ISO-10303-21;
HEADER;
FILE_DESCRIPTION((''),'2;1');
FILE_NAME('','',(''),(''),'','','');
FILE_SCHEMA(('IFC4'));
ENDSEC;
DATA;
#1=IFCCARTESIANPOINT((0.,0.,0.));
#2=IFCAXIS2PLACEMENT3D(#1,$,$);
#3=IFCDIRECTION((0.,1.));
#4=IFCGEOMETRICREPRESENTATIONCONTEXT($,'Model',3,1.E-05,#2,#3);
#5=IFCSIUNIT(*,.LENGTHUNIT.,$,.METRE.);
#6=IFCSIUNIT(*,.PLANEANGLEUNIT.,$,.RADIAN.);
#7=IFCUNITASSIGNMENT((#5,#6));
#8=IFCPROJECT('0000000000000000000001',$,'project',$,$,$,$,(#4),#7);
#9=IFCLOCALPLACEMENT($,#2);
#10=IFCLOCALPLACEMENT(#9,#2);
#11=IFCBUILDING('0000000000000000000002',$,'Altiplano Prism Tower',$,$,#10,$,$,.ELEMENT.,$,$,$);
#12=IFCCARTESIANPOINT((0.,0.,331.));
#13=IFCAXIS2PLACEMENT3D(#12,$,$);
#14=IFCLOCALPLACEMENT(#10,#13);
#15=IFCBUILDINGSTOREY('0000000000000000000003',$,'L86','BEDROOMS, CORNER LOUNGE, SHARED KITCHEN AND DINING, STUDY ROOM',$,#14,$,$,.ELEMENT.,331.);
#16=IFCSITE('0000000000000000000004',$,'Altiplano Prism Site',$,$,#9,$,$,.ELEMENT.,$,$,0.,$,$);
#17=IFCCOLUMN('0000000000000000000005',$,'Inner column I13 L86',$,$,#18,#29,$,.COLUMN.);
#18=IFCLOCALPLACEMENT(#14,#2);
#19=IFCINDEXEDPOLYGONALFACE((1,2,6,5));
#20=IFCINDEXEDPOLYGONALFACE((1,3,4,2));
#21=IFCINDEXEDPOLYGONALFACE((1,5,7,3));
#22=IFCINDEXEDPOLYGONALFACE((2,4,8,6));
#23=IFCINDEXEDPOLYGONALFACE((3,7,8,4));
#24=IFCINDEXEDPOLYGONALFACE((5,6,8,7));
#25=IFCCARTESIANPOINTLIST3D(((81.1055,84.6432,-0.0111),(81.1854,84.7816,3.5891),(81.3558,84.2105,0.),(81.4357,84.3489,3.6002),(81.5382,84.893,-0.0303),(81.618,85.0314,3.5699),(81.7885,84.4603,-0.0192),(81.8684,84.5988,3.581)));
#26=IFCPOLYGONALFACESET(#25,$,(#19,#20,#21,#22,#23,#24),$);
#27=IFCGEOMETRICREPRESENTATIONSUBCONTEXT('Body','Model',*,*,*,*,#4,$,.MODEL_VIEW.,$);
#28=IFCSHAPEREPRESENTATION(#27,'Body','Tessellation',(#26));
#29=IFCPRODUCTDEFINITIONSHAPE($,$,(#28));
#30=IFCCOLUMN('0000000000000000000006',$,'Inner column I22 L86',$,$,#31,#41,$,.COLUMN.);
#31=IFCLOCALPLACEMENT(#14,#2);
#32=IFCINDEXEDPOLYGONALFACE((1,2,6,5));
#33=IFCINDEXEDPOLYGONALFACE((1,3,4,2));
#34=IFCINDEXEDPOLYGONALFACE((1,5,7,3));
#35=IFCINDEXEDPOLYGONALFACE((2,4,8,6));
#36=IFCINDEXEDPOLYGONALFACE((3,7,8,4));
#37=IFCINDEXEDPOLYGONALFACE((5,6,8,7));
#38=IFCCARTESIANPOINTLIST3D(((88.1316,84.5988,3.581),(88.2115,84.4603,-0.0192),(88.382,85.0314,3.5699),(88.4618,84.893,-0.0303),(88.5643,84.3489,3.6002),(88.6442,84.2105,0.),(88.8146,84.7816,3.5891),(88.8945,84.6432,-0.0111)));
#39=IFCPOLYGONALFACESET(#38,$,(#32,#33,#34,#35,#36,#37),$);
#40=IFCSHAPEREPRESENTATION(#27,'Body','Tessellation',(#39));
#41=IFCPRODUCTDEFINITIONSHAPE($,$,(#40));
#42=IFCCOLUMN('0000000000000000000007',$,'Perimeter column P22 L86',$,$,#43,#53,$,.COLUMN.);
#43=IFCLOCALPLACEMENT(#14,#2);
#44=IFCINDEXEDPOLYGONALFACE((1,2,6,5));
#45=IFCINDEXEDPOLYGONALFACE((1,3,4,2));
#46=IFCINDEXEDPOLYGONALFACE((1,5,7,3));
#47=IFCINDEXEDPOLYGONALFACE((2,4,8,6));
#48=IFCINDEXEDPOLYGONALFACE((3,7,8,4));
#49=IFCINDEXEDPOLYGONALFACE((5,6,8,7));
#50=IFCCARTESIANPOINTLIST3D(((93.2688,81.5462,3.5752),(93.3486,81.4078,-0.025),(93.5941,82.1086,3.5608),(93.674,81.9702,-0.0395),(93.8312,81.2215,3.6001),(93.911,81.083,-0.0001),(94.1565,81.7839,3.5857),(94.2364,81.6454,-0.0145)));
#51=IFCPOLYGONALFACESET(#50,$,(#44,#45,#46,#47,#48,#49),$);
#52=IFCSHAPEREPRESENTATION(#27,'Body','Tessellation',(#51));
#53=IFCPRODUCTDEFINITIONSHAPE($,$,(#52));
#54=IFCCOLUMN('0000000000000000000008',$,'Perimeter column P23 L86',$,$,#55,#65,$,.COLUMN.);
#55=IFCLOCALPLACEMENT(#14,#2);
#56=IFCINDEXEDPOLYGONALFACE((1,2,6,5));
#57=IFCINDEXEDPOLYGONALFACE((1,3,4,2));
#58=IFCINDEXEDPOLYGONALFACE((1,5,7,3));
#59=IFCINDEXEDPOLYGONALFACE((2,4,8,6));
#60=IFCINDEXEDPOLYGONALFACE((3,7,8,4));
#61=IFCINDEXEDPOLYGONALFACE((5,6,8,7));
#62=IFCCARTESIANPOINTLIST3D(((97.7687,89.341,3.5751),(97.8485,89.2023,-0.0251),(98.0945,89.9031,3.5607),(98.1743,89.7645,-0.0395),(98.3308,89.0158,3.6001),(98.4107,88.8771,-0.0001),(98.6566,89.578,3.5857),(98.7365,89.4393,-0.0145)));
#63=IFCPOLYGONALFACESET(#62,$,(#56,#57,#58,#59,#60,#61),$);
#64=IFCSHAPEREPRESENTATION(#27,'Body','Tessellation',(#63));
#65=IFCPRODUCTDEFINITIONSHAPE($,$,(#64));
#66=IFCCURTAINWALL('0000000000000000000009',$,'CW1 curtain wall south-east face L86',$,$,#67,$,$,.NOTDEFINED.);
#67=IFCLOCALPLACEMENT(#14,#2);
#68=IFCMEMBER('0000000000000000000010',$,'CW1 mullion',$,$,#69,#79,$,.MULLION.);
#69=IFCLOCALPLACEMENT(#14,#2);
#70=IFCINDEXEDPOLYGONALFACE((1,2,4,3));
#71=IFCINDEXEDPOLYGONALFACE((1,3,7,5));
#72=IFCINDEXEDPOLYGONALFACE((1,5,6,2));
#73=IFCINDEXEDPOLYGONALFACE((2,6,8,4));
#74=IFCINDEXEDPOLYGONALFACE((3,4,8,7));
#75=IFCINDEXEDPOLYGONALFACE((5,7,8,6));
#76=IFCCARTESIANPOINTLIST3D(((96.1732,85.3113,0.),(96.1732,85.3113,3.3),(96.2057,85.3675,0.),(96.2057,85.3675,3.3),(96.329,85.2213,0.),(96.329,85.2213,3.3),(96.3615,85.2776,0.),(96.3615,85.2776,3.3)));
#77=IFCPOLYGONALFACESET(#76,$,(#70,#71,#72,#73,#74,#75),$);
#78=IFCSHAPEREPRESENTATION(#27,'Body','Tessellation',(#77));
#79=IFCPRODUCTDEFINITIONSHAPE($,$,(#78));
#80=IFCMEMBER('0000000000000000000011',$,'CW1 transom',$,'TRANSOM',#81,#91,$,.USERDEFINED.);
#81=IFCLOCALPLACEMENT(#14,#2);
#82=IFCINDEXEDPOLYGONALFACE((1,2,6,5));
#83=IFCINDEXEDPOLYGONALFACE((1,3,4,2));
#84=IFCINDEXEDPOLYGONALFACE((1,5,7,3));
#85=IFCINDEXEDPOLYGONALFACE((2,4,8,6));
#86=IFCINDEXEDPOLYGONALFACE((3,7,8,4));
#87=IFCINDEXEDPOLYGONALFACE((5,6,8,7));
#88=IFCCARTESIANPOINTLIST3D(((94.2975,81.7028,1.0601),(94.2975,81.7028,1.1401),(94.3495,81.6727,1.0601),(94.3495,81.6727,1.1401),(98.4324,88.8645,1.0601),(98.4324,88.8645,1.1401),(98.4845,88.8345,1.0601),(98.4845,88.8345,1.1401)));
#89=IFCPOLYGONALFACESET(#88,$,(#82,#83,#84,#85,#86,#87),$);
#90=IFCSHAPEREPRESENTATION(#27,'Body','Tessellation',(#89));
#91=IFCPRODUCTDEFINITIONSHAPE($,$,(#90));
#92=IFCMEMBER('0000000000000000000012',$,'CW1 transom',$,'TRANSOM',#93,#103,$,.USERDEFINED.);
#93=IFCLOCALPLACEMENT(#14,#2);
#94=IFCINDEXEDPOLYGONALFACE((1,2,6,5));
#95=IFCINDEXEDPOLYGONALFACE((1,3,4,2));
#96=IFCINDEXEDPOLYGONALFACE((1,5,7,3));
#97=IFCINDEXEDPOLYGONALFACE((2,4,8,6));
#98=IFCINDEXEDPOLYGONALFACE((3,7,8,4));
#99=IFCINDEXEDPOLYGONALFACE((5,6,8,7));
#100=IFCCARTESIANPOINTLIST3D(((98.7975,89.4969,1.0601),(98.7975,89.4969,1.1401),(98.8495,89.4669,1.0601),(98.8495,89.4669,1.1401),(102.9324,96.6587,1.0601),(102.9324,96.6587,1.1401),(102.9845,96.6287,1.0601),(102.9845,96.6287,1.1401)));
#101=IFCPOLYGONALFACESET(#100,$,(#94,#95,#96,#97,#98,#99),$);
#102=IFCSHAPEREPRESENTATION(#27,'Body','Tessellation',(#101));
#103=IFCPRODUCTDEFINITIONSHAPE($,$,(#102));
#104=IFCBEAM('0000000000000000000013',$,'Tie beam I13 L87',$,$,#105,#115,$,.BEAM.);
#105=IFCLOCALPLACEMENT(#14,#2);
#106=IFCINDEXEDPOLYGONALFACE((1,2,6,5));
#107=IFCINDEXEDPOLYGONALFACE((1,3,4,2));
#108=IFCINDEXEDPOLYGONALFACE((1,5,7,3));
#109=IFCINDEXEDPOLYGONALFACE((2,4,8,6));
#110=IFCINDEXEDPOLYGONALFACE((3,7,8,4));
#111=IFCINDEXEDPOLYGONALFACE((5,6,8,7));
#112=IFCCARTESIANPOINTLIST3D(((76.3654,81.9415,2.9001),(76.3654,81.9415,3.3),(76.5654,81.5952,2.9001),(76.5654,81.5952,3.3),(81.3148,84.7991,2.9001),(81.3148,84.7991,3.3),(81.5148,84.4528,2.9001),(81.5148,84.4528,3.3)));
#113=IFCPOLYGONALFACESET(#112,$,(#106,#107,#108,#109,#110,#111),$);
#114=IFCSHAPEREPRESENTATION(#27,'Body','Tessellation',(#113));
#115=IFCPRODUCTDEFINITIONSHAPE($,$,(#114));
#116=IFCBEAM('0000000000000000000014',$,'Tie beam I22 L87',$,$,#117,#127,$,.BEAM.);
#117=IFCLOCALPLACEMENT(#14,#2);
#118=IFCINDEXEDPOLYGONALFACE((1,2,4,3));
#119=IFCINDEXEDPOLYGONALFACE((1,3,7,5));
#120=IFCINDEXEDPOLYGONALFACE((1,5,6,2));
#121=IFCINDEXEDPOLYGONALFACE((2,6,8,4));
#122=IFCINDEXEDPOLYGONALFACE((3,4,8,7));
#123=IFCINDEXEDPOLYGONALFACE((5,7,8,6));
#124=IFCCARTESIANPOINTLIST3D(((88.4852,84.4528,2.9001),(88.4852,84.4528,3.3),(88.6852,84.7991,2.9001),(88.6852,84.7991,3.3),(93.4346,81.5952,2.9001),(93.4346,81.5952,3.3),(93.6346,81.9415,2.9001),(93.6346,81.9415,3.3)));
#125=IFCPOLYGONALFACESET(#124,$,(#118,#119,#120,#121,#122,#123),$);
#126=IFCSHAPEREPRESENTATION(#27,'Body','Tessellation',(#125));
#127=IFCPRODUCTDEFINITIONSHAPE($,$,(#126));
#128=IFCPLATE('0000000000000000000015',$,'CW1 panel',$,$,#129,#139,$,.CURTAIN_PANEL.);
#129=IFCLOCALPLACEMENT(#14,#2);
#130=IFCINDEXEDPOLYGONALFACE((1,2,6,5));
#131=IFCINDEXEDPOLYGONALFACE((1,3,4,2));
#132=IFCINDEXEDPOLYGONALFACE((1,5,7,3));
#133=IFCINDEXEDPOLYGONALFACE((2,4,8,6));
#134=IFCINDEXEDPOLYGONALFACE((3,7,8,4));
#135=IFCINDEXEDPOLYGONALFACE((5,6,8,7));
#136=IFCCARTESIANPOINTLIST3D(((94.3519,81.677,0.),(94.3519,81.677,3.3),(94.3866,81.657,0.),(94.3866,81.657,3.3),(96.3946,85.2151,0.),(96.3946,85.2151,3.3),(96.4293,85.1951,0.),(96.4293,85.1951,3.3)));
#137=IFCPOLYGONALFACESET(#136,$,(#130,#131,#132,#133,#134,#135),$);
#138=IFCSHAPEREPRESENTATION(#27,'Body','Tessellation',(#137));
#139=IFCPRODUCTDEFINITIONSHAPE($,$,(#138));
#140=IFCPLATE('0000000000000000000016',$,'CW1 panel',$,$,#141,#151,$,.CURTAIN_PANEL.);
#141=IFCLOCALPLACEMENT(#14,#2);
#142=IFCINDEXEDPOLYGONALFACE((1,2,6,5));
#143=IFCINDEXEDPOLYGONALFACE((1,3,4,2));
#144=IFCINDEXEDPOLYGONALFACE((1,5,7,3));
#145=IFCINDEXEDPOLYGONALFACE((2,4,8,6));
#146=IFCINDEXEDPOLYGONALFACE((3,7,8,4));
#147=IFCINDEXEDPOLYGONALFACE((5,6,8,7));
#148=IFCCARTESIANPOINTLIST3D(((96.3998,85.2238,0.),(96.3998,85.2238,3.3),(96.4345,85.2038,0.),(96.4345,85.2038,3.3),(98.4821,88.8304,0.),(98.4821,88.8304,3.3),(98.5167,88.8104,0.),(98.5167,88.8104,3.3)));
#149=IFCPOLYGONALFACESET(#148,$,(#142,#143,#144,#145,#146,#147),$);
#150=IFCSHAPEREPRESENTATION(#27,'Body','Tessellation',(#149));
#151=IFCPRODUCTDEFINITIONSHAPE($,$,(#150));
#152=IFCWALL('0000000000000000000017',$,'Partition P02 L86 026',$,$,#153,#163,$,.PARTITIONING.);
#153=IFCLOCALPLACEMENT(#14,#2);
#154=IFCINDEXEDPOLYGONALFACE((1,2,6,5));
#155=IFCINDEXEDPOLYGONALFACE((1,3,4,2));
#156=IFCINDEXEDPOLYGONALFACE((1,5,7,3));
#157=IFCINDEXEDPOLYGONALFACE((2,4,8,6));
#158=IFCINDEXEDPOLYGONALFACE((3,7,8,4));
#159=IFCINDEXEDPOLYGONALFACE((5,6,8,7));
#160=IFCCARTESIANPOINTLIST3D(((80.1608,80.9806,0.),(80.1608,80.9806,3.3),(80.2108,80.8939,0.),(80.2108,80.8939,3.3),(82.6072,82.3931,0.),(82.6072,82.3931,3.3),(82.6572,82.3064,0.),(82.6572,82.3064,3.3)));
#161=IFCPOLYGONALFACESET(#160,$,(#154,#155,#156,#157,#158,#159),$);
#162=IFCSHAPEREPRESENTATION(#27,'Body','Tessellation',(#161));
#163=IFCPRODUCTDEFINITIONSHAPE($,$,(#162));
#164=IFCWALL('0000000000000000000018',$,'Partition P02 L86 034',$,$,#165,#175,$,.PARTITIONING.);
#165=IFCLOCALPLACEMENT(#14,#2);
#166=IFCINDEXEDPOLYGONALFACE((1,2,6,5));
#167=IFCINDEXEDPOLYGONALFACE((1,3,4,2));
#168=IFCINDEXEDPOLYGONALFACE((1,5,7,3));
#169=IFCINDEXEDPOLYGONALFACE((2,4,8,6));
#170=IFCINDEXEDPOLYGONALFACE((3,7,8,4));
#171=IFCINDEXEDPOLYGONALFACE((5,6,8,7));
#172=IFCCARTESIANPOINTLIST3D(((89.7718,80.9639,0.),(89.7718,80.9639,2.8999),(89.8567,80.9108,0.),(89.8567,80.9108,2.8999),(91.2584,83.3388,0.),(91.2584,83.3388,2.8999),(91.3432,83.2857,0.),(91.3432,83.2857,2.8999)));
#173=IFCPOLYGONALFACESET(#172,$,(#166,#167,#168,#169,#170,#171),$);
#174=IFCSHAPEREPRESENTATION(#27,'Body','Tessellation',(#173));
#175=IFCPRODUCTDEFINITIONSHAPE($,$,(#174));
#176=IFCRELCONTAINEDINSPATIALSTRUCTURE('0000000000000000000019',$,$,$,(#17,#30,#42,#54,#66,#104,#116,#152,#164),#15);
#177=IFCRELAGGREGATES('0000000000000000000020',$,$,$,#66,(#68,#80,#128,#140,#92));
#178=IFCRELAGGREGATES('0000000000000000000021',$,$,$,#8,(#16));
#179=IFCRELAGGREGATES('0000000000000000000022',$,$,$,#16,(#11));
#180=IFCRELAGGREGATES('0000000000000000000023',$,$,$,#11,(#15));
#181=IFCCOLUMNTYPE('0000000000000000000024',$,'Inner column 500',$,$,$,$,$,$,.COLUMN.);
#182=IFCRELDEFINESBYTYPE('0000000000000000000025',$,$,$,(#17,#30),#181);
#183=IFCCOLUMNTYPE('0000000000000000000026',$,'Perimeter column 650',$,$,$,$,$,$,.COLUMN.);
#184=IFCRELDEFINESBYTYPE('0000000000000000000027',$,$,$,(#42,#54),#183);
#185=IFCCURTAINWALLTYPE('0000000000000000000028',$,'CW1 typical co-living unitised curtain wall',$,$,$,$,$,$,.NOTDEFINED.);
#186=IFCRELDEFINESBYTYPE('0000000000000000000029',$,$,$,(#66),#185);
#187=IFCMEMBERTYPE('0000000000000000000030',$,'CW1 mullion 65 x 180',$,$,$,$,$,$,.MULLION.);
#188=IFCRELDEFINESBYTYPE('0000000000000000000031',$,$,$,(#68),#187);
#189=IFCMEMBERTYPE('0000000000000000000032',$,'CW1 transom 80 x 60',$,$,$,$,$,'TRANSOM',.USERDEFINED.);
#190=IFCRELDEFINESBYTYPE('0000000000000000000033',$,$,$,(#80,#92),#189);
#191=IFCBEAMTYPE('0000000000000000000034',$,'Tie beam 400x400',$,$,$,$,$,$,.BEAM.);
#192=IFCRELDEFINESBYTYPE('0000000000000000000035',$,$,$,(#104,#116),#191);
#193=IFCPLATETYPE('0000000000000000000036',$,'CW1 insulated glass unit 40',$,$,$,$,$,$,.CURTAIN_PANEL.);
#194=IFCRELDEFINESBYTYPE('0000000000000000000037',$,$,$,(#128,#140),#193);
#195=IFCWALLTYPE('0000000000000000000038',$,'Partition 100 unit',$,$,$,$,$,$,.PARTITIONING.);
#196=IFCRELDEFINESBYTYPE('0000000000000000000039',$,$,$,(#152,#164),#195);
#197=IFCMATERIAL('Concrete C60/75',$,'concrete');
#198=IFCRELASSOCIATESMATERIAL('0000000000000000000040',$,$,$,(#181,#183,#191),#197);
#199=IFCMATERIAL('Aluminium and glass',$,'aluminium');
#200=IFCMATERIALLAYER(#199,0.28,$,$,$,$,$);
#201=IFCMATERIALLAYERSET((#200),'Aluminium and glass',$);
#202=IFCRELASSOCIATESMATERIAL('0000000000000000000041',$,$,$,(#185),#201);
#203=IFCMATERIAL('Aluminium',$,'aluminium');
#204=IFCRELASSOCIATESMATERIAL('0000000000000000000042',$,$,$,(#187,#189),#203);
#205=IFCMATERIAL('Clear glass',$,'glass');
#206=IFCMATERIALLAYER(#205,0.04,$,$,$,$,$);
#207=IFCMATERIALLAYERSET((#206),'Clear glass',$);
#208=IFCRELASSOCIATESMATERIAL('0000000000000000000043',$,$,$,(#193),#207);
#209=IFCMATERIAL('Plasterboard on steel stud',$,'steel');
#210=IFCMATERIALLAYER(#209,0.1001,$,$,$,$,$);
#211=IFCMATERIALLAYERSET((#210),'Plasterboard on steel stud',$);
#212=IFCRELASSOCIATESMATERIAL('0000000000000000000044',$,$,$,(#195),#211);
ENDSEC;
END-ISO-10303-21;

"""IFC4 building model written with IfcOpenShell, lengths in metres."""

from ifc_helpers import new_model, si_unit, direction, frame, frame_2d, origin, origin_2d, place, context, subcontext, project, spatial, rectangle, extrude, material, layer, layer_set, material_profile, profile_set, type_object, element, aggregate, save


model = new_model("IFC4")

# Units and contexts
model_context = context("Model", 3, precision=1e-05, world=origin(), true_north=direction((0.0, 1.0)))
body_context = subcontext(model_context, "Body", "Model", "MODEL_VIEW")
ifc_project = project(units=[si_unit("LENGTHUNIT", "METRE"), si_unit("PLANEANGLEUNIT", "RADIAN")], contexts=[model_context])

# Site, building, storey
site_placement = place(None, origin())
site = spatial("IfcSite", under=ifc_project, at=site_placement, Name="Altiplano Prism Site", CompositionType="ELEMENT", RefElevation=0.0)
building_placement = place(site_placement, origin())
building = spatial("IfcBuilding", under=site, at=building_placement, Name="Altiplano Prism Tower", CompositionType="ELEMENT")
storey_placement = place(building_placement, frame((0.0, 0.0, 331.0)))
storey = spatial("IfcBuildingStorey", under=building, at=storey_placement, Name="L86", Description="BEDROOMS, CORNER LOUNGE, SHARED KITCHEN AND DINING, STUDY ROOM", CompositionType="ELEMENT", Elevation=331.0)

# Columns
ifc_material_1 = material(Name="Concrete C60/75", Category="concrete")
ifc_material_profile_1 = material_profile(ifc_material_1, rectangle(XDim=0.5, YDim=0.5, at=origin_2d()), Name="Inner column 500")
ifc_profile_set_1 = profile_set([ifc_material_profile_1], Name="Concrete C60/75")
column_type_1 = type_object("IfcColumnType", Name="Inner column 500", PredefinedType="COLUMN", material=ifc_profile_set_1)
for number, where, z_axis, x_axis, name in (
    (1, (81.447, 84.5518, -0.0151), (0.022154, 0.038413, 0.999016), (-0.865365, -0.499668, 0.038403), "Inner column I13 L86"),
    (2, (88.553, 84.5518, -0.0151), (-0.022154, 0.038413, 0.999016), (-0.500652, -0.865365, 0.022172), "Inner column I22 L86"),
):
    element("IfcColumn", number, at=place(storey_placement, frame(where, z_axis=z_axis, x_axis=x_axis)), inside=storey, type_object=column_type_1, Name=name, PredefinedType="COLUMN", context=body_context, shape_type="SweptSolid", body=[
        extrude(rectangle(XDim=0.5, YDim=0.5, at=origin_2d()), origin(), (0.0, 0.0, 1.0), 3.6038),
    ])
ifc_material_profile_2 = material_profile(ifc_material_1, rectangle(XDim=0.6499, YDim=0.6499, at=origin_2d()), Name="Perimeter column 650")
ifc_profile_set_2 = profile_set([ifc_material_profile_2], Name="Concrete C60/75")
column_type_2 = type_object("IfcColumnType", Name="Perimeter column 650", PredefinedType="COLUMN", material=ifc_profile_set_2)
for number, where, z_axis, x_axis, name in (
    (3, (93.7925, 81.5266, -0.0198), (-0.022154, 0.038413, 0.999016), (-0.500652, -0.865365, 0.022172), "Perimeter column P22 L86"),
    (4, (98.2925, 89.3208, -0.0198), (-0.022154, 0.038481, 0.999014), (-0.50131, -0.864983, 0.022201), "Perimeter column P23 L86"),
):
    element("IfcColumn", number, at=place(storey_placement, frame(where, z_axis=z_axis, x_axis=x_axis)), inside=storey, type_object=column_type_2, Name=name, PredefinedType="COLUMN", context=body_context, shape_type="SweptSolid", body=[
        extrude(rectangle(XDim=0.6499, YDim=0.6499, at=origin_2d()), origin(), (0.0, 0.0, 1.0), 3.6038),
    ])

# Curtain wall, members
ifc_material_2 = material(Name="Aluminium and glass", Category="aluminium")
ifc_layer_1 = layer(ifc_material_2, 0.28)
ifc_layer_set_1 = layer_set([ifc_layer_1], Name="Aluminium and glass")
curtain_wall_type = type_object("IfcCurtainWallType", Name="CW1 typical co-living unitised curtain wall", PredefinedType="NOTDEFINED", material=ifc_layer_set_1)
curtain_wall_placement = place(storey_placement, origin())
curtain_wall = element("IfcCurtainWall", 5, at=curtain_wall_placement, inside=storey, type_object=curtain_wall_type, Name="CW1 curtain wall south-east face L86", PredefinedType="NOTDEFINED")
ifc_material_3 = material(Name="Aluminium", Category="aluminium")
ifc_material_profile_3 = material_profile(ifc_material_3, rectangle(XDim=0.1799, YDim=0.0649, at=origin_2d()), Name="CW1 mullion 65 x 180")
ifc_profile_set_3 = profile_set([ifc_material_profile_3], Name="Aluminium")
member_type_1 = type_object("IfcMemberType", Name="CW1 mullion 65 x 180", PredefinedType="MULLION", material=ifc_profile_set_3)
member_1_placement = place(storey_placement, frame((96.2673, 85.2944, 0.0), z_axis=(0.0, 0.0, 1.0), x_axis=(-0.866025, 0.5, 0.0)))
member_1 = element("IfcMember", 6, at=member_1_placement, type_object=member_type_1, Name="CW1 mullion", PredefinedType="MULLION", context=body_context, shape_type="SweptSolid", body=[
    extrude(rectangle(XDim=0.1799, YDim=0.0649, at=origin_2d()), origin(), (0.0, 0.0, 1.0), 3.3),
])
ifc_material_profile_4 = material_profile(ifc_material_3, rectangle(XDim=0.0601, YDim=0.0801, at=origin_2d()), Name="CW1 transom 80 x 60")
ifc_profile_set_4 = profile_set([ifc_material_profile_4], Name="Aluminium")
member_type_2 = type_object("IfcMemberType", Name="CW1 transom 80 x 60", ElementType="TRANSOM", PredefinedType="USERDEFINED", material=ifc_profile_set_4)
member_2_placement = place(storey_placement, frame((94.3235, 81.6877, 1.1001), z_axis=(0.50001, 0.86602, 0.0), x_axis=(-0.86602, 0.50001, 0.0)))
member_2 = element("IfcMember", 7, at=member_2_placement, type_object=member_type_2, Name="CW1 transom", ObjectType="TRANSOM", PredefinedType="USERDEFINED", context=body_context, shape_type="SweptSolid", body=[
    extrude(rectangle(XDim=0.0601, YDim=0.0801, at=origin_2d()), origin(), (0.0, 0.0, 1.0), 8.2698),
])
member_3_placement = place(storey_placement, frame((98.8235, 89.4819, 1.1001), z_axis=(0.50001, 0.86602, 0.0), x_axis=(-0.86602, 0.50001, 0.0)))
member_3 = element("IfcMember", 8, at=member_3_placement, type_object=member_type_2, Name="CW1 transom", ObjectType="TRANSOM", PredefinedType="USERDEFINED", context=body_context, shape_type="SweptSolid", body=[
    extrude(rectangle(XDim=0.0601, YDim=0.0801, at=origin_2d()), origin(), (0.0, 0.0, 1.0), 8.2698),
])

# Beams
ifc_material_profile_5 = material_profile(ifc_material_1, rectangle(XDim=0.3999, YDim=0.3999, at=origin_2d()), Name="Tie beam 400x400")
ifc_profile_set_5 = profile_set([ifc_material_profile_5], Name="Concrete C60/75")
beam_type = type_object("IfcBeamType", Name="Tie beam 400x400", PredefinedType="BEAM", material=ifc_profile_set_5)
for number, where, z_axis, x_axis, name in (
    (9, (81.4148, 84.626, 3.1001), (-0.866018, -0.500012, 0.0), (0.500012, -0.866018, 0.0), "Tie beam I13 L87"),
    (10, (88.5852, 84.626, 3.1001), (0.866018, -0.500012, 0.0), (0.500012, 0.866018, 0.0), "Tie beam I22 L87"),
):
    element("IfcBeam", number, at=place(storey_placement, frame(where, z_axis=z_axis, x_axis=x_axis)), inside=storey, type_object=beam_type, Name=name, PredefinedType="BEAM", context=body_context, shape_type="SweptSolid", body=[
        extrude(rectangle(XDim=0.3999, YDim=0.3999, at=origin_2d()), origin(), (0.0, 0.0, 1.0), 5.7151),
    ])

# Plates
ifc_material_4 = material(Name="Clear glass", Category="glass")
ifc_layer_2 = layer(ifc_material_4, 0.04)
ifc_layer_set_2 = layer_set([ifc_layer_2], Name="Clear glass")
plate_type = type_object("IfcPlateType", Name="CW1 insulated glass unit 40", PredefinedType="CURTAIN_PANEL", material=ifc_layer_set_2)
plate_1_placement = place(storey_placement, frame((95.3906, 83.436, 0.0), z_axis=(0.0, 0.0, 1.0), x_axis=(0.5, 0.866025, 0.0)))
plate_1 = element("IfcPlate", 11, at=plate_1_placement, type_object=plate_type, Name="CW1 panel", PredefinedType="CURTAIN_PANEL", context=body_context, shape_type="SweptSolid", body=[
    extrude(rectangle(XDim=4.0854, YDim=0.04, at=origin_2d()), origin(), (0.0, 0.0, 1.0), 3.3),
])
plate_2_placement = place(storey_placement, frame((97.4583, 87.0171, 0.0), z_axis=(0.0, 0.0, 1.0), x_axis=(0.5, 0.866025, 0.0)))
plate_2 = element("IfcPlate", 12, at=plate_2_placement, type_object=plate_type, Name="CW1 panel", PredefinedType="CURTAIN_PANEL", context=body_context, shape_type="SweptSolid", body=[
    extrude(rectangle(XDim=4.1646, YDim=0.04, at=origin_2d()), origin(), (0.0, 0.0, 1.0), 3.3),
])
aggregate(curtain_wall, [member_1, member_2, plate_1, plate_2, member_3])

# Walls
ifc_material_5 = material(Name="Plasterboard on steel stud", Category="steel")
ifc_layer_3 = layer(ifc_material_5, 0.1001)
ifc_layer_set_3 = layer_set([ifc_layer_3], Name="Plasterboard on steel stud")
wall_type_1 = type_object("IfcWallType", Name="Partition 100 unit", PredefinedType="PARTITIONING", material=ifc_layer_set_3)
wall_1_placement = place(storey_placement, frame((82.6323, 82.3499, 0.0), z_axis=(0.0, 0.0, 1.0), x_axis=(-0.866011, -0.500024, 0.0)))
element("IfcWall", 13, at=wall_1_placement, inside=storey, type_object=wall_type_1, Name="Partition P02 L86 026", PredefinedType="PARTITIONING", context=body_context, shape_type="SweptSolid", body=[
    extrude(rectangle(XDim=2.825, YDim=0.1001, at=frame_2d((1.4126, 0.0))), origin(), (0.0, 0.0, 1.0), 3.3),
])
wall_2_placement = place(storey_placement, frame((91.3008, 83.3123, 0.0), z_axis=(0.0, 0.0, 1.0), x_axis=(-0.530563, -0.847646, 0.0)))
element("IfcWall", 14, at=wall_2_placement, inside=storey, type_object=wall_type_1, Name="Partition P02 L86 034", PredefinedType="PARTITIONING", context=body_context, shape_type="SweptSolid", body=[
    extrude(rectangle(XDim=2.8018, YDim=0.1001, at=frame_2d((1.4009, 0.0))), origin(), (0.0, 0.0, 1.0), 2.8999),
])

save(model, "model.ifc")
